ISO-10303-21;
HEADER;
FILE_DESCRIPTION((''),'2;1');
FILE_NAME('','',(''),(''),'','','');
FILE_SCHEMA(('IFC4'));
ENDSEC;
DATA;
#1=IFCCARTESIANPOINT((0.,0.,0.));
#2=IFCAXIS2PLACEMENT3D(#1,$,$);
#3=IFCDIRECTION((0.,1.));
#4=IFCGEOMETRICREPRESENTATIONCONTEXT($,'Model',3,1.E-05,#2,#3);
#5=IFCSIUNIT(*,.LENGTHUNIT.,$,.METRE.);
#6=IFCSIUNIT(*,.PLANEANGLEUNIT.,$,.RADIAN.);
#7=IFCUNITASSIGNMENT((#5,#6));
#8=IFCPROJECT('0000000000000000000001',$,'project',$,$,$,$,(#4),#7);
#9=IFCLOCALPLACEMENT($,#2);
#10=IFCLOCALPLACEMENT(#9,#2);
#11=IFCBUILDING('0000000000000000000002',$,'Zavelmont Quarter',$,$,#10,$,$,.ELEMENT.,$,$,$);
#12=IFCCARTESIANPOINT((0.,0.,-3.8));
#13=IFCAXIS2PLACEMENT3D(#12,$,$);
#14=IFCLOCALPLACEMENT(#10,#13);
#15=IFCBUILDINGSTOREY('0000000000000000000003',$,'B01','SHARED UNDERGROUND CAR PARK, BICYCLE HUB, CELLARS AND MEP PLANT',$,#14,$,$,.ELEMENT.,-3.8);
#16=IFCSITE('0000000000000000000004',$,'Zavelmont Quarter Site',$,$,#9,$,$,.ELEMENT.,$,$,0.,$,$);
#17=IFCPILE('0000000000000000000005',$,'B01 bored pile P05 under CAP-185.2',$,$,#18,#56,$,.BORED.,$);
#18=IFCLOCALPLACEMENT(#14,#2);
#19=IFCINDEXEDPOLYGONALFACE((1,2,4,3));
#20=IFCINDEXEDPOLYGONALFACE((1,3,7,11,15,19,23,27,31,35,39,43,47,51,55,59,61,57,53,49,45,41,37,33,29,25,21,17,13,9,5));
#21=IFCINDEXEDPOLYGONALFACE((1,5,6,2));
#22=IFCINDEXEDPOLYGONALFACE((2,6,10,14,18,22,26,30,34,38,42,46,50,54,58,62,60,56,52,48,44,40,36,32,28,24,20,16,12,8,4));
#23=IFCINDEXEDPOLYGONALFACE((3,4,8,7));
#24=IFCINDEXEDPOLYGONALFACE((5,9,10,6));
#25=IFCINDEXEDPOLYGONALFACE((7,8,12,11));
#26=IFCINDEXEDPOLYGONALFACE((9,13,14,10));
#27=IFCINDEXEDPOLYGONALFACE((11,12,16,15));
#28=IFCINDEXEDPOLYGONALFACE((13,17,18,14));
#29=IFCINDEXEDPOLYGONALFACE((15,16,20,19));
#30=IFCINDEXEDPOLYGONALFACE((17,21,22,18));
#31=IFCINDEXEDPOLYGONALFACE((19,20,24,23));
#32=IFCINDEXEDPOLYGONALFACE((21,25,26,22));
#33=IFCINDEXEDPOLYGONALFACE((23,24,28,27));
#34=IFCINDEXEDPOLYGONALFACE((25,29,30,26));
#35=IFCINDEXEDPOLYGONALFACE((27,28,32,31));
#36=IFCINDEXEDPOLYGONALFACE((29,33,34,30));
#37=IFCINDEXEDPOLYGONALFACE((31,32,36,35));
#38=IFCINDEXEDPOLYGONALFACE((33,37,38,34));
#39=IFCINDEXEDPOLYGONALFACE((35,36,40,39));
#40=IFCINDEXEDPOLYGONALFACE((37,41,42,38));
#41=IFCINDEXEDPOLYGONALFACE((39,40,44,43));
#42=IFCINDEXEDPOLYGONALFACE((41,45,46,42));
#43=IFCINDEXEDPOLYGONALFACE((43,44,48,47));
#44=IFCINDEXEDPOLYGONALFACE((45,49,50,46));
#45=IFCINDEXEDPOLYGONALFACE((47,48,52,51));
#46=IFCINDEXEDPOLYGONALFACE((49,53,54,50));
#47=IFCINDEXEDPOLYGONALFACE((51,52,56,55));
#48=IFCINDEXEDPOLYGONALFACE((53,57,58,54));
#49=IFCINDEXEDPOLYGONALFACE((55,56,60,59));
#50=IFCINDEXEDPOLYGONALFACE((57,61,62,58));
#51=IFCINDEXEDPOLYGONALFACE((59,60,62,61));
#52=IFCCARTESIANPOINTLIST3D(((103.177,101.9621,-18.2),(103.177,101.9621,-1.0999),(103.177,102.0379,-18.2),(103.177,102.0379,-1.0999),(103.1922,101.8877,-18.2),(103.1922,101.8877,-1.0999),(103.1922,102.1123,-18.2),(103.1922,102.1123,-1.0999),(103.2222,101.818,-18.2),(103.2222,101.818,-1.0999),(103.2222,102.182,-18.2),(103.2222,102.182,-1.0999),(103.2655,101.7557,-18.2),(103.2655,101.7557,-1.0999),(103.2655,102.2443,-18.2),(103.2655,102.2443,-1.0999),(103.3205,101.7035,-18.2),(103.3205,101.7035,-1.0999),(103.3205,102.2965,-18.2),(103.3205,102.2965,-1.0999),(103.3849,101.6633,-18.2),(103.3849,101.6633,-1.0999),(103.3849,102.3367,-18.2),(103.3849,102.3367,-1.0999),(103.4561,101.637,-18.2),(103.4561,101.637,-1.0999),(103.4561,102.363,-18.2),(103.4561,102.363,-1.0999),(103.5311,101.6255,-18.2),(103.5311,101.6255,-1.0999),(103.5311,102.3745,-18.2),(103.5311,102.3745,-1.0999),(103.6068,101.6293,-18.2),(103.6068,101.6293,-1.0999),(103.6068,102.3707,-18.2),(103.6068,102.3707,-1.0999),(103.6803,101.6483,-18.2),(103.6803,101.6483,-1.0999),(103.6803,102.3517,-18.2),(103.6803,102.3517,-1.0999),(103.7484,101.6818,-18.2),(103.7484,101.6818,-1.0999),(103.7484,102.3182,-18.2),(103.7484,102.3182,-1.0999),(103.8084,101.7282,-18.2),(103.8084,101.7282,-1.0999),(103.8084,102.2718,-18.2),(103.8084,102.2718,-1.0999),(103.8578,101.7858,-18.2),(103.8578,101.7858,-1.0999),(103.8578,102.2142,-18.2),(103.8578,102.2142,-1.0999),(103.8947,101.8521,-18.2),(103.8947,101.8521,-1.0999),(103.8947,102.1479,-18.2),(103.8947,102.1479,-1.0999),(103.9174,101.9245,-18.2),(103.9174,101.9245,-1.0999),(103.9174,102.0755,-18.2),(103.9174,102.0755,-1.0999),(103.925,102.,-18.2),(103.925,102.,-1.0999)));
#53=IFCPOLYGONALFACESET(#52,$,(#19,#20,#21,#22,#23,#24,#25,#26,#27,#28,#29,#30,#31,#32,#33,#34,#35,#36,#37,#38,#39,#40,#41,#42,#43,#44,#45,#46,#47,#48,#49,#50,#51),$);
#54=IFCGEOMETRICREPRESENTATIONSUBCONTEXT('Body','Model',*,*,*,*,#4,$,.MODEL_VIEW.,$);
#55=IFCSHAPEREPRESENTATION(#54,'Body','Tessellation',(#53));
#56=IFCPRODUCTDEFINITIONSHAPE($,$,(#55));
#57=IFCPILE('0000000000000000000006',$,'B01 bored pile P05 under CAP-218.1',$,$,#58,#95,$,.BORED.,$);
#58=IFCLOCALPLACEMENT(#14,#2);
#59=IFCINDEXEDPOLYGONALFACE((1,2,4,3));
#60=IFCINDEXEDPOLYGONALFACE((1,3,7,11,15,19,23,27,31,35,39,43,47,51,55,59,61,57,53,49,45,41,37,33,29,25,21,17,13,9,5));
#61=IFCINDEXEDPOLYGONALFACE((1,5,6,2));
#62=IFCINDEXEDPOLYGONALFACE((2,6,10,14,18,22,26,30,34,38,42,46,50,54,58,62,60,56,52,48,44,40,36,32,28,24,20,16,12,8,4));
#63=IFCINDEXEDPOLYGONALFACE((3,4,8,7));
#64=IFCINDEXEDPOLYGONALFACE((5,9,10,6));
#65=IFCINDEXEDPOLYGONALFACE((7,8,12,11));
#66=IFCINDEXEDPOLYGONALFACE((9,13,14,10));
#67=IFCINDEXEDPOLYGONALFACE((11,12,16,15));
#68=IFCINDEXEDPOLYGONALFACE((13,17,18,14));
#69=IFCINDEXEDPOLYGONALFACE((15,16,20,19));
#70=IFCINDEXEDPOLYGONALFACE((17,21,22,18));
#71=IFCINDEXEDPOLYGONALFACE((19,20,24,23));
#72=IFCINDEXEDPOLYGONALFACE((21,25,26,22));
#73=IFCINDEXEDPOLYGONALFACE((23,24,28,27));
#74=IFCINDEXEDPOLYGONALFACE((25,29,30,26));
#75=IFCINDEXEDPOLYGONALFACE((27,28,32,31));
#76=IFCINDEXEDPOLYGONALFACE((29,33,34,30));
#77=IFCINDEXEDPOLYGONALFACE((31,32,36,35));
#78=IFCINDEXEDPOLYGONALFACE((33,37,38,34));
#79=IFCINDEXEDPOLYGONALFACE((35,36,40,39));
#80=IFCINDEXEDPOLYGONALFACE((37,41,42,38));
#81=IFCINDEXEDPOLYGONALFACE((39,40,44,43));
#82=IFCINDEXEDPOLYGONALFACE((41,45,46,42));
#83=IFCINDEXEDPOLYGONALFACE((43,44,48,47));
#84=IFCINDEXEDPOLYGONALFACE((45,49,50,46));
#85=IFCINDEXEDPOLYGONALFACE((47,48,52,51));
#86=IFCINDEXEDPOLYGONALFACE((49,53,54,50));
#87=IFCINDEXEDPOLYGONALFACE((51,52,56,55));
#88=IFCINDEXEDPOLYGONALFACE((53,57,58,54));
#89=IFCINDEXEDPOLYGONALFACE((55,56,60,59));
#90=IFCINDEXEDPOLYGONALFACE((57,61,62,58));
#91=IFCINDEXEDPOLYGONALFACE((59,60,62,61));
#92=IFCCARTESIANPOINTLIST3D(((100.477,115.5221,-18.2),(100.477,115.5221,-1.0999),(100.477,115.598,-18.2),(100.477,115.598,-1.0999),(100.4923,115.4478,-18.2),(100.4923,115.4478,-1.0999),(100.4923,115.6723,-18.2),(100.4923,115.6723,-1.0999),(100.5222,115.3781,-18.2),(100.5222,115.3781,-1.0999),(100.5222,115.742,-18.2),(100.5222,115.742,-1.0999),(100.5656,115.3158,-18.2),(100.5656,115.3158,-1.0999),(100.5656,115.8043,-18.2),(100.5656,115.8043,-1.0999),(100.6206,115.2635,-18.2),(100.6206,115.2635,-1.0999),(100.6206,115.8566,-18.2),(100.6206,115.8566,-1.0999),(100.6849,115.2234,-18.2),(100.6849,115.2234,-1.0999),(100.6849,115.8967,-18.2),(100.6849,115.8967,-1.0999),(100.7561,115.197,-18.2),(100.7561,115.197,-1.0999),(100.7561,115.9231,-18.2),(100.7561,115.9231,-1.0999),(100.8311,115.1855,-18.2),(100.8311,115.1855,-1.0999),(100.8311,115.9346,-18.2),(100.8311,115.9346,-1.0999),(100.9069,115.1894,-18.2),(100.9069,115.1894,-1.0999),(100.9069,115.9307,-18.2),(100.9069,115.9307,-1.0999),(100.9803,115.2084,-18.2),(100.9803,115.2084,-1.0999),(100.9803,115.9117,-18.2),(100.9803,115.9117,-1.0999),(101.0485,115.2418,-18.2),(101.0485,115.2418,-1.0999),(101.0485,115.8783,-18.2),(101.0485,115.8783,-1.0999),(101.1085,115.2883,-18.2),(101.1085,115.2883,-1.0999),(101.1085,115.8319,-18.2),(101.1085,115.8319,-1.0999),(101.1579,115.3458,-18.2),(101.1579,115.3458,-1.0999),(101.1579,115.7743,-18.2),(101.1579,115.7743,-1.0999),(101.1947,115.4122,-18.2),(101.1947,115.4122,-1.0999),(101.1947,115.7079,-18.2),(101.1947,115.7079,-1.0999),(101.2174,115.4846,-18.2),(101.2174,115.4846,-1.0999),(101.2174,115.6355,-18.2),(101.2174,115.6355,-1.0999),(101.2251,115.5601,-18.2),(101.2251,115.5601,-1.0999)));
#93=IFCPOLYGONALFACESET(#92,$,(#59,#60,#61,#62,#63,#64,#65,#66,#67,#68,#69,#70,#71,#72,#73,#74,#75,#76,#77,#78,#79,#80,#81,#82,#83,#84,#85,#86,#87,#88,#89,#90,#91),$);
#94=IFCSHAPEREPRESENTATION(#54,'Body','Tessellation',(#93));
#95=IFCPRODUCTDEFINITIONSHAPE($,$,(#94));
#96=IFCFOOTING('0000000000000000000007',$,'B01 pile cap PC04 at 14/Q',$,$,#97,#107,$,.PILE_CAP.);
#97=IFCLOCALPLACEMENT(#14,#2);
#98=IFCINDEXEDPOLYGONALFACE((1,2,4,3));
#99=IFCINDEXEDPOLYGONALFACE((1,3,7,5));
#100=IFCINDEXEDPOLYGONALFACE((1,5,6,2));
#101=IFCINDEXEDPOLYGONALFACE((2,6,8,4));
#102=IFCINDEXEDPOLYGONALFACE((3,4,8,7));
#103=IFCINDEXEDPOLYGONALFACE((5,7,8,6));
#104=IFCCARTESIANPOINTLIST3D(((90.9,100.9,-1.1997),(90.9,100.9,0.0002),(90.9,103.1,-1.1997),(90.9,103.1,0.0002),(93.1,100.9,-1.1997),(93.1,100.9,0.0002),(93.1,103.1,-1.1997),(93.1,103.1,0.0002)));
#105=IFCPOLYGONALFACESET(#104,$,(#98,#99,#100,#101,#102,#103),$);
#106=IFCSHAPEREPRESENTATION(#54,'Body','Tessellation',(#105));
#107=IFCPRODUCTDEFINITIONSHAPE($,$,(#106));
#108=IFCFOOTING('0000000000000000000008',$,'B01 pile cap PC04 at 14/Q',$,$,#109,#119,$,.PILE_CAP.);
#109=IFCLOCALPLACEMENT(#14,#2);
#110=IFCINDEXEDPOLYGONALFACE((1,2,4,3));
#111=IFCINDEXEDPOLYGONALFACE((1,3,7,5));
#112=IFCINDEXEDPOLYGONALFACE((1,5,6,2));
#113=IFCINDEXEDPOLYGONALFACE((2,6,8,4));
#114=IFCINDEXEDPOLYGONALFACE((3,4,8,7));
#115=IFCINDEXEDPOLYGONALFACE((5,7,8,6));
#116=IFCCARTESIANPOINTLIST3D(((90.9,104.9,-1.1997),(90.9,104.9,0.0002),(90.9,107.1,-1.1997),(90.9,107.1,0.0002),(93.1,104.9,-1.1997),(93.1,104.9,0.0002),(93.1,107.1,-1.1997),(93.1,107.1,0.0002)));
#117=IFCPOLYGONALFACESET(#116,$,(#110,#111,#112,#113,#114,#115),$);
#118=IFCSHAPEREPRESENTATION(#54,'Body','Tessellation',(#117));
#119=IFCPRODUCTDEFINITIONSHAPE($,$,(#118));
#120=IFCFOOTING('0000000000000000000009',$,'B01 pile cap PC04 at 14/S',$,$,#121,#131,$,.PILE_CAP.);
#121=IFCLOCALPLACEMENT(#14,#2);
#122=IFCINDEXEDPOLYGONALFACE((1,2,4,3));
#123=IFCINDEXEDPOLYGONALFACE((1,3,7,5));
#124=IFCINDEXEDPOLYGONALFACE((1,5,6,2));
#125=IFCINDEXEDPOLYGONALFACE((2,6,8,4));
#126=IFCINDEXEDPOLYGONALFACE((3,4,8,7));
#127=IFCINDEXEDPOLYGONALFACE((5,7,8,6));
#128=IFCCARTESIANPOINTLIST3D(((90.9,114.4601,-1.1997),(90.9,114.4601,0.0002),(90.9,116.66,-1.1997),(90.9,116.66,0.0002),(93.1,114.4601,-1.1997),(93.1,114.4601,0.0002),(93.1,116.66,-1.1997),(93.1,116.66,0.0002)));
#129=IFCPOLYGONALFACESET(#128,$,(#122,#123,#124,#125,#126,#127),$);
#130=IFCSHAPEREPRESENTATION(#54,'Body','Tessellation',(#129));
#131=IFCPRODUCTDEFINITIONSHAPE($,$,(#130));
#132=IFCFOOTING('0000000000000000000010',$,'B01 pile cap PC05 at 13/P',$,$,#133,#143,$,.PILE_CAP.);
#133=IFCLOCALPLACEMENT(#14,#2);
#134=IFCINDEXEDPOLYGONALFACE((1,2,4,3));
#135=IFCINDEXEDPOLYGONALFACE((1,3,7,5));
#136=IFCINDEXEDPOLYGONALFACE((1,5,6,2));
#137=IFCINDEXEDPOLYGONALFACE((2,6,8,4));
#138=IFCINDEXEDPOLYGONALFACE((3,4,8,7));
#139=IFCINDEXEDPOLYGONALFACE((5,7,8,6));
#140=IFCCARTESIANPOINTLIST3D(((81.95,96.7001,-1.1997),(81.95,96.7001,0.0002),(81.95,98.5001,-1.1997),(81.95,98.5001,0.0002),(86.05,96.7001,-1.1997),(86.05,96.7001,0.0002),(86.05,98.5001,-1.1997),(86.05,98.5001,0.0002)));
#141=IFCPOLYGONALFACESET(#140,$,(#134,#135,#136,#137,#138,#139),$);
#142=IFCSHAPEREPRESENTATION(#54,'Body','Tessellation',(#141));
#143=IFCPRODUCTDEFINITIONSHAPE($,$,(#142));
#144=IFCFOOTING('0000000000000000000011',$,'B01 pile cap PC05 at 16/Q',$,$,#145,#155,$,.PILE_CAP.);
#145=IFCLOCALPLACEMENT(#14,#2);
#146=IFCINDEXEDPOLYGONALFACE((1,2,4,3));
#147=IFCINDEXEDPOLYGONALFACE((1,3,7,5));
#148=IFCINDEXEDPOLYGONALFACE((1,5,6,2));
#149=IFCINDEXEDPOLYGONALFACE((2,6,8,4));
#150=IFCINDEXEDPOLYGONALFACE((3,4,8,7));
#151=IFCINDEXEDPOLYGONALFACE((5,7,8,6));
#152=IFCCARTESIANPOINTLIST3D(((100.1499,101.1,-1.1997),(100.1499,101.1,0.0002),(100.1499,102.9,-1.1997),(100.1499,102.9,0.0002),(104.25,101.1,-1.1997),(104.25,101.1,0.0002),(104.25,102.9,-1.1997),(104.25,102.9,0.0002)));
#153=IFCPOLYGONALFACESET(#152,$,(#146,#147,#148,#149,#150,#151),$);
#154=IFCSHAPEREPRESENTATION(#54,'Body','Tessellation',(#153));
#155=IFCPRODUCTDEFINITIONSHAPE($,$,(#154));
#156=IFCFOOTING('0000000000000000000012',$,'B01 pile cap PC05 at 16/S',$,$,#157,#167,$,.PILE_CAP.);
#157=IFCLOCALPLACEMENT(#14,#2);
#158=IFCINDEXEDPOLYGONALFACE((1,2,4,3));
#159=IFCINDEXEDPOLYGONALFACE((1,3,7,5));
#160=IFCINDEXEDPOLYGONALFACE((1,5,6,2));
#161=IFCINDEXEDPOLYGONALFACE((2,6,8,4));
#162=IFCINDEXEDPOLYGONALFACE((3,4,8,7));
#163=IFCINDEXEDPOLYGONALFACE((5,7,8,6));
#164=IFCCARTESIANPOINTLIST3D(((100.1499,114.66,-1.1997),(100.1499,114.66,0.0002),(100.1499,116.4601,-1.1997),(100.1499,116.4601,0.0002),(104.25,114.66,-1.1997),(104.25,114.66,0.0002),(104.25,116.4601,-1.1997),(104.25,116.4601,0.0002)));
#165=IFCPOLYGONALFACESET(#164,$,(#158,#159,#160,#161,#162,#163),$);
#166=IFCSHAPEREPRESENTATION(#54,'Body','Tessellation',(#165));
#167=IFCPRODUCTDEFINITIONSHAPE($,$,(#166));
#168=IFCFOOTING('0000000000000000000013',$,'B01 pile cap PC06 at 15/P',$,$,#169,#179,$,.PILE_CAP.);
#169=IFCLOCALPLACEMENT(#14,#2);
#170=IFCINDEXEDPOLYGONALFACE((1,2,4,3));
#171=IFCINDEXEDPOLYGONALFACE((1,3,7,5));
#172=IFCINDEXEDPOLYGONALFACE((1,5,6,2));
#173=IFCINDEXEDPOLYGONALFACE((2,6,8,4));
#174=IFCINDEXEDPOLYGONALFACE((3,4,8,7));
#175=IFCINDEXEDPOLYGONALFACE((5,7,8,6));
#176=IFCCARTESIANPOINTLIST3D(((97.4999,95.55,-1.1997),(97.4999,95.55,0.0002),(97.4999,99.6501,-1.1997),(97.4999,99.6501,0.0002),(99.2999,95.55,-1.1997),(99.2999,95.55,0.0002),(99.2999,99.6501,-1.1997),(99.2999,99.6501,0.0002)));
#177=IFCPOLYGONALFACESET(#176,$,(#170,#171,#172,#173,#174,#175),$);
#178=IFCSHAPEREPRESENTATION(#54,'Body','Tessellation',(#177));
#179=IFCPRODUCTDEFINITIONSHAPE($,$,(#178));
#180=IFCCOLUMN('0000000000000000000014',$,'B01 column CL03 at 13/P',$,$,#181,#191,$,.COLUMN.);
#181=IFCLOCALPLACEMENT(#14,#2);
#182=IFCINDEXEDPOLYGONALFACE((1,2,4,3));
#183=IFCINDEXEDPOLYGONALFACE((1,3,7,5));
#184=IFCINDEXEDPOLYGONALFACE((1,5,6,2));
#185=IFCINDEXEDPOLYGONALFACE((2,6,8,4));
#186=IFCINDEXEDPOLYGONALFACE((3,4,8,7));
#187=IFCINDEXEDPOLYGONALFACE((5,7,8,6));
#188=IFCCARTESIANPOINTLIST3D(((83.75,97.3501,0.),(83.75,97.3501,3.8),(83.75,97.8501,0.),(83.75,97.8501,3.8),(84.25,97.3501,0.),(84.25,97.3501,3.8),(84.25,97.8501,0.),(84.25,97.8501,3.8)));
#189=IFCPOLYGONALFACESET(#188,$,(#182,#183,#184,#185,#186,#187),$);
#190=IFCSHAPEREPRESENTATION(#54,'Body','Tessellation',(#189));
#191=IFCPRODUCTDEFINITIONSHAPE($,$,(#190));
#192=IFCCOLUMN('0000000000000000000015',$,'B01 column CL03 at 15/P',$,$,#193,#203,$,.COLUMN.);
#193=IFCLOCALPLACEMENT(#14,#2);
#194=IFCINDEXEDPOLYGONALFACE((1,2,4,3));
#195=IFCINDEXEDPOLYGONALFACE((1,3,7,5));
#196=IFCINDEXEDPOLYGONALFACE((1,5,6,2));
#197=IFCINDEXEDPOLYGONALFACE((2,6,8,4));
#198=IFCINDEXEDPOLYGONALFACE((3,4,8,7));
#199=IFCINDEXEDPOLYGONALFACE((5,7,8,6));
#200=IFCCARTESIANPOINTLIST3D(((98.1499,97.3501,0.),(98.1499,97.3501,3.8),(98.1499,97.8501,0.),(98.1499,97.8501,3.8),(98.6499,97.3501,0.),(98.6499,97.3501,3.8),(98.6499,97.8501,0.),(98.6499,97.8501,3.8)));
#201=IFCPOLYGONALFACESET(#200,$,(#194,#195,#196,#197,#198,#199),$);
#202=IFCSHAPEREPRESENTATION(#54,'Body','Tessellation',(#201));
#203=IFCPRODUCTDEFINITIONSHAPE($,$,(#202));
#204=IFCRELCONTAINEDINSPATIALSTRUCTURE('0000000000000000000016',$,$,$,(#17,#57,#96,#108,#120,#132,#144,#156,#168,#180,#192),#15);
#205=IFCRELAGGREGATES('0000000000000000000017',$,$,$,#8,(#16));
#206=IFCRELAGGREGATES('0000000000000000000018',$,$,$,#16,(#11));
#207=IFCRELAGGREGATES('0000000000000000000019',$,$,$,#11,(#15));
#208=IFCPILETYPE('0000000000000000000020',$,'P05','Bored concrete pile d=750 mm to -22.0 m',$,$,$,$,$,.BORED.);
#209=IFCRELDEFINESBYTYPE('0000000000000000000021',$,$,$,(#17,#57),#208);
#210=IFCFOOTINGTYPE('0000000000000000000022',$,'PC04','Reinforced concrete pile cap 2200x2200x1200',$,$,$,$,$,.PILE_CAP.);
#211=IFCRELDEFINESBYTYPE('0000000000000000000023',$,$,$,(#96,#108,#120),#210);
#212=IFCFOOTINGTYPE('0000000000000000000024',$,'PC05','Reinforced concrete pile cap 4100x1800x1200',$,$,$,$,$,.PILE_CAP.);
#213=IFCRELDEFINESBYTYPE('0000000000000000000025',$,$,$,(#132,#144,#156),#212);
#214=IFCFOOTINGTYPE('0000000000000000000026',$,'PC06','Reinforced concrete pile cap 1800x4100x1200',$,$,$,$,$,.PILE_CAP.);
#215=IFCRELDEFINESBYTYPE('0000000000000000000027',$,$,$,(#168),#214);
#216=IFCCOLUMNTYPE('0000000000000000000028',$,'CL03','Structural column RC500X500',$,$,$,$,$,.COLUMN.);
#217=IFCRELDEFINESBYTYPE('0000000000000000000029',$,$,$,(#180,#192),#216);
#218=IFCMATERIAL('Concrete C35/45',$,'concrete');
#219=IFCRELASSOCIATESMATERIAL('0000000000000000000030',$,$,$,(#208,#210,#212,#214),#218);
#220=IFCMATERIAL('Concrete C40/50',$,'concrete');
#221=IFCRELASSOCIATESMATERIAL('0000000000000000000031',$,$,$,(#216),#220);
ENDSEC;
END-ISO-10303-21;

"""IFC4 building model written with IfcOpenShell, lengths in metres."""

from ifc_helpers import new_model, si_unit, direction, frame, origin, origin_2d, place, context, subcontext, project, spatial, rectangle, circle, extrude, material, material_profile, profile_set, type_object, element, save


model = new_model("IFC4")

# Units and contexts
model_context = context("Model", 3, precision=1e-05, world=origin(), true_north=direction((0.0, 1.0)))
body_context = subcontext(model_context, "Body", "Model", "MODEL_VIEW")
ifc_project = project(units=[si_unit("LENGTHUNIT", "METRE"), si_unit("PLANEANGLEUNIT", "RADIAN")], contexts=[model_context])

# Site, building, storey
site_placement = place(None, origin())
site = spatial("IfcSite", under=ifc_project, at=site_placement, Name="Zavelmont Quarter Site", CompositionType="ELEMENT", RefElevation=0.0)
building_placement = place(site_placement, origin())
building = spatial("IfcBuilding", under=site, at=building_placement, Name="Zavelmont Quarter", CompositionType="ELEMENT")
storey_placement = place(building_placement, frame((0.0, 0.0, -3.8)))
storey = spatial("IfcBuildingStorey", under=building, at=storey_placement, Name="B01", Description="SHARED UNDERGROUND CAR PARK, BICYCLE HUB, CELLARS AND MEP PLANT", CompositionType="ELEMENT", Elevation=-3.8)

# Shared definitions
ifc_material_1 = material(Name="Concrete C35/45", Category="concrete")

# Piles
ifc_material_profile_1 = material_profile(ifc_material_1, circle(Radius=0.375, at=origin_2d()), Name="BP750")
ifc_profile_set_1 = profile_set([ifc_material_profile_1], Name="Concrete C35/45")
pile_type_1 = type_object("IfcPileType", Name="P05", Description="Bored concrete pile d=750 mm to -22.0 m", PredefinedType="BORED", material=ifc_profile_set_1)
for number, where, z_axis, x_axis, name in (
    (1, (103.55, 102.0, -1.0999), (0.0, 0.0, -1.0), (1.0, 0.0, 0.0), "B01 bored pile P05 under CAP-185.2"),
    (2, (100.8501, 115.5601, -1.0999), (0.0, 0.0, -1.0), (1.0, 0.0, 0.0), "B01 bored pile P05 under CAP-218.1"),
):
    element("IfcPile", number, at=place(storey_placement, frame(where, z_axis=z_axis, x_axis=x_axis)), inside=storey, type_object=pile_type_1, Name=name, PredefinedType="BORED", context=body_context, shape_type="SweptSolid", body=[
        extrude(circle(Radius=0.375, at=origin_2d()), origin(), (0.0, 0.0, 1.0), 17.1001),
    ])

# Footings
footing_type_1 = type_object("IfcFootingType", Name="PC04", Description="Reinforced concrete pile cap 2200x2200x1200", PredefinedType="PILE_CAP", material=ifc_material_1)
for number, where, z_axis, x_axis, name in (
    (3, (92.0, 102.0, -1.1997), (0.0, 0.0, 1.0), (1.0, 0.0, 0.0), "B01 pile cap PC04 at 14/Q"),
    (4, (92.0, 106.0, -1.1997), (0.0, 0.0, 1.0), (1.0, 0.0, 0.0), "B01 pile cap PC04 at 14/Q"),
    (5, (92.0, 115.5601, -1.1997), (0.0, 0.0, 1.0), (1.0, 0.0, 0.0), "B01 pile cap PC04 at 14/S"),
):
    element("IfcFooting", number, at=place(storey_placement, frame(where, z_axis=z_axis, x_axis=x_axis)), inside=storey, type_object=footing_type_1, Name=name, PredefinedType="PILE_CAP", context=body_context, shape_type="SweptSolid", body=[
        extrude(rectangle(XDim=2.2, YDim=2.2, at=origin_2d()), origin(), (0.0, 0.0, 1.0), 1.2),
    ])
footing_type_2 = type_object("IfcFootingType", Name="PC05", Description="Reinforced concrete pile cap 4100x1800x1200", PredefinedType="PILE_CAP", material=ifc_material_1)
for number, where, z_axis, x_axis, name in (
    (6, (84.0, 97.6001, -1.1997), (0.0, 0.0, 1.0), (1.0, 0.0, 0.0), "B01 pile cap PC05 at 13/P"),
    (7, (102.2, 102.0, -1.1997), (0.0, 0.0, 1.0), (1.0, 0.0, 0.0), "B01 pile cap PC05 at 16/Q"),
    (8, (102.2, 115.5601, -1.1997), (0.0, 0.0, 1.0), (1.0, 0.0, 0.0), "B01 pile cap PC05 at 16/S"),
):
    element("IfcFooting", number, at=place(storey_placement, frame(where, z_axis=z_axis, x_axis=x_axis)), inside=storey, type_object=footing_type_2, Name=name, PredefinedType="PILE_CAP", context=body_context, shape_type="SweptSolid", body=[
        extrude(rectangle(XDim=4.1001, YDim=1.8, at=origin_2d()), origin(), (0.0, 0.0, 1.0), 1.2),
    ])
footing_type_3 = type_object("IfcFootingType", Name="PC06", Description="Reinforced concrete pile cap 1800x4100x1200", PredefinedType="PILE_CAP", material=ifc_material_1)
footing_1_placement = place(storey_placement, frame((98.3999, 97.6001, -1.1997), z_axis=(0.0, 0.0, 1.0), x_axis=(1.0, 0.0, 0.0)))
element("IfcFooting", 9, at=footing_1_placement, inside=storey, type_object=footing_type_3, Name="B01 pile cap PC06 at 15/P", PredefinedType="PILE_CAP", context=body_context, shape_type="SweptSolid", body=[
    extrude(rectangle(XDim=1.8, YDim=4.1001, at=origin_2d()), origin(), (0.0, 0.0, 1.0), 1.2),
])

# Columns
ifc_material_2 = material(Name="Concrete C40/50", Category="concrete")
ifc_material_profile_2 = material_profile(ifc_material_2, rectangle(XDim=0.5, YDim=0.5, at=origin_2d()), Name="RC500X500")
ifc_profile_set_2 = profile_set([ifc_material_profile_2], Name="Concrete C40/50")
column_type_1 = type_object("IfcColumnType", Name="CL03", Description="Structural column RC500X500", PredefinedType="COLUMN", material=ifc_profile_set_2)
for number, where, z_axis, x_axis, name in (
    (10, (84.0, 97.6001, 0.0), (0.0, 0.0, 1.0), (1.0, 0.0, 0.0), "B01 column CL03 at 13/P"),
    (11, (98.3999, 97.6001, 0.0), (0.0, 0.0, 1.0), (1.0, 0.0, 0.0), "B01 column CL03 at 15/P"),
):
    element("IfcColumn", number, at=place(storey_placement, frame(where, z_axis=z_axis, x_axis=x_axis)), inside=storey, type_object=column_type_1, Name=name, PredefinedType="COLUMN", context=body_context, shape_type="SweptSolid", body=[
        extrude(rectangle(XDim=0.5, YDim=0.5, at=origin_2d()), origin(), (0.0, 0.0, 1.0), 3.8),
    ])

save(model, "model.ifc")
